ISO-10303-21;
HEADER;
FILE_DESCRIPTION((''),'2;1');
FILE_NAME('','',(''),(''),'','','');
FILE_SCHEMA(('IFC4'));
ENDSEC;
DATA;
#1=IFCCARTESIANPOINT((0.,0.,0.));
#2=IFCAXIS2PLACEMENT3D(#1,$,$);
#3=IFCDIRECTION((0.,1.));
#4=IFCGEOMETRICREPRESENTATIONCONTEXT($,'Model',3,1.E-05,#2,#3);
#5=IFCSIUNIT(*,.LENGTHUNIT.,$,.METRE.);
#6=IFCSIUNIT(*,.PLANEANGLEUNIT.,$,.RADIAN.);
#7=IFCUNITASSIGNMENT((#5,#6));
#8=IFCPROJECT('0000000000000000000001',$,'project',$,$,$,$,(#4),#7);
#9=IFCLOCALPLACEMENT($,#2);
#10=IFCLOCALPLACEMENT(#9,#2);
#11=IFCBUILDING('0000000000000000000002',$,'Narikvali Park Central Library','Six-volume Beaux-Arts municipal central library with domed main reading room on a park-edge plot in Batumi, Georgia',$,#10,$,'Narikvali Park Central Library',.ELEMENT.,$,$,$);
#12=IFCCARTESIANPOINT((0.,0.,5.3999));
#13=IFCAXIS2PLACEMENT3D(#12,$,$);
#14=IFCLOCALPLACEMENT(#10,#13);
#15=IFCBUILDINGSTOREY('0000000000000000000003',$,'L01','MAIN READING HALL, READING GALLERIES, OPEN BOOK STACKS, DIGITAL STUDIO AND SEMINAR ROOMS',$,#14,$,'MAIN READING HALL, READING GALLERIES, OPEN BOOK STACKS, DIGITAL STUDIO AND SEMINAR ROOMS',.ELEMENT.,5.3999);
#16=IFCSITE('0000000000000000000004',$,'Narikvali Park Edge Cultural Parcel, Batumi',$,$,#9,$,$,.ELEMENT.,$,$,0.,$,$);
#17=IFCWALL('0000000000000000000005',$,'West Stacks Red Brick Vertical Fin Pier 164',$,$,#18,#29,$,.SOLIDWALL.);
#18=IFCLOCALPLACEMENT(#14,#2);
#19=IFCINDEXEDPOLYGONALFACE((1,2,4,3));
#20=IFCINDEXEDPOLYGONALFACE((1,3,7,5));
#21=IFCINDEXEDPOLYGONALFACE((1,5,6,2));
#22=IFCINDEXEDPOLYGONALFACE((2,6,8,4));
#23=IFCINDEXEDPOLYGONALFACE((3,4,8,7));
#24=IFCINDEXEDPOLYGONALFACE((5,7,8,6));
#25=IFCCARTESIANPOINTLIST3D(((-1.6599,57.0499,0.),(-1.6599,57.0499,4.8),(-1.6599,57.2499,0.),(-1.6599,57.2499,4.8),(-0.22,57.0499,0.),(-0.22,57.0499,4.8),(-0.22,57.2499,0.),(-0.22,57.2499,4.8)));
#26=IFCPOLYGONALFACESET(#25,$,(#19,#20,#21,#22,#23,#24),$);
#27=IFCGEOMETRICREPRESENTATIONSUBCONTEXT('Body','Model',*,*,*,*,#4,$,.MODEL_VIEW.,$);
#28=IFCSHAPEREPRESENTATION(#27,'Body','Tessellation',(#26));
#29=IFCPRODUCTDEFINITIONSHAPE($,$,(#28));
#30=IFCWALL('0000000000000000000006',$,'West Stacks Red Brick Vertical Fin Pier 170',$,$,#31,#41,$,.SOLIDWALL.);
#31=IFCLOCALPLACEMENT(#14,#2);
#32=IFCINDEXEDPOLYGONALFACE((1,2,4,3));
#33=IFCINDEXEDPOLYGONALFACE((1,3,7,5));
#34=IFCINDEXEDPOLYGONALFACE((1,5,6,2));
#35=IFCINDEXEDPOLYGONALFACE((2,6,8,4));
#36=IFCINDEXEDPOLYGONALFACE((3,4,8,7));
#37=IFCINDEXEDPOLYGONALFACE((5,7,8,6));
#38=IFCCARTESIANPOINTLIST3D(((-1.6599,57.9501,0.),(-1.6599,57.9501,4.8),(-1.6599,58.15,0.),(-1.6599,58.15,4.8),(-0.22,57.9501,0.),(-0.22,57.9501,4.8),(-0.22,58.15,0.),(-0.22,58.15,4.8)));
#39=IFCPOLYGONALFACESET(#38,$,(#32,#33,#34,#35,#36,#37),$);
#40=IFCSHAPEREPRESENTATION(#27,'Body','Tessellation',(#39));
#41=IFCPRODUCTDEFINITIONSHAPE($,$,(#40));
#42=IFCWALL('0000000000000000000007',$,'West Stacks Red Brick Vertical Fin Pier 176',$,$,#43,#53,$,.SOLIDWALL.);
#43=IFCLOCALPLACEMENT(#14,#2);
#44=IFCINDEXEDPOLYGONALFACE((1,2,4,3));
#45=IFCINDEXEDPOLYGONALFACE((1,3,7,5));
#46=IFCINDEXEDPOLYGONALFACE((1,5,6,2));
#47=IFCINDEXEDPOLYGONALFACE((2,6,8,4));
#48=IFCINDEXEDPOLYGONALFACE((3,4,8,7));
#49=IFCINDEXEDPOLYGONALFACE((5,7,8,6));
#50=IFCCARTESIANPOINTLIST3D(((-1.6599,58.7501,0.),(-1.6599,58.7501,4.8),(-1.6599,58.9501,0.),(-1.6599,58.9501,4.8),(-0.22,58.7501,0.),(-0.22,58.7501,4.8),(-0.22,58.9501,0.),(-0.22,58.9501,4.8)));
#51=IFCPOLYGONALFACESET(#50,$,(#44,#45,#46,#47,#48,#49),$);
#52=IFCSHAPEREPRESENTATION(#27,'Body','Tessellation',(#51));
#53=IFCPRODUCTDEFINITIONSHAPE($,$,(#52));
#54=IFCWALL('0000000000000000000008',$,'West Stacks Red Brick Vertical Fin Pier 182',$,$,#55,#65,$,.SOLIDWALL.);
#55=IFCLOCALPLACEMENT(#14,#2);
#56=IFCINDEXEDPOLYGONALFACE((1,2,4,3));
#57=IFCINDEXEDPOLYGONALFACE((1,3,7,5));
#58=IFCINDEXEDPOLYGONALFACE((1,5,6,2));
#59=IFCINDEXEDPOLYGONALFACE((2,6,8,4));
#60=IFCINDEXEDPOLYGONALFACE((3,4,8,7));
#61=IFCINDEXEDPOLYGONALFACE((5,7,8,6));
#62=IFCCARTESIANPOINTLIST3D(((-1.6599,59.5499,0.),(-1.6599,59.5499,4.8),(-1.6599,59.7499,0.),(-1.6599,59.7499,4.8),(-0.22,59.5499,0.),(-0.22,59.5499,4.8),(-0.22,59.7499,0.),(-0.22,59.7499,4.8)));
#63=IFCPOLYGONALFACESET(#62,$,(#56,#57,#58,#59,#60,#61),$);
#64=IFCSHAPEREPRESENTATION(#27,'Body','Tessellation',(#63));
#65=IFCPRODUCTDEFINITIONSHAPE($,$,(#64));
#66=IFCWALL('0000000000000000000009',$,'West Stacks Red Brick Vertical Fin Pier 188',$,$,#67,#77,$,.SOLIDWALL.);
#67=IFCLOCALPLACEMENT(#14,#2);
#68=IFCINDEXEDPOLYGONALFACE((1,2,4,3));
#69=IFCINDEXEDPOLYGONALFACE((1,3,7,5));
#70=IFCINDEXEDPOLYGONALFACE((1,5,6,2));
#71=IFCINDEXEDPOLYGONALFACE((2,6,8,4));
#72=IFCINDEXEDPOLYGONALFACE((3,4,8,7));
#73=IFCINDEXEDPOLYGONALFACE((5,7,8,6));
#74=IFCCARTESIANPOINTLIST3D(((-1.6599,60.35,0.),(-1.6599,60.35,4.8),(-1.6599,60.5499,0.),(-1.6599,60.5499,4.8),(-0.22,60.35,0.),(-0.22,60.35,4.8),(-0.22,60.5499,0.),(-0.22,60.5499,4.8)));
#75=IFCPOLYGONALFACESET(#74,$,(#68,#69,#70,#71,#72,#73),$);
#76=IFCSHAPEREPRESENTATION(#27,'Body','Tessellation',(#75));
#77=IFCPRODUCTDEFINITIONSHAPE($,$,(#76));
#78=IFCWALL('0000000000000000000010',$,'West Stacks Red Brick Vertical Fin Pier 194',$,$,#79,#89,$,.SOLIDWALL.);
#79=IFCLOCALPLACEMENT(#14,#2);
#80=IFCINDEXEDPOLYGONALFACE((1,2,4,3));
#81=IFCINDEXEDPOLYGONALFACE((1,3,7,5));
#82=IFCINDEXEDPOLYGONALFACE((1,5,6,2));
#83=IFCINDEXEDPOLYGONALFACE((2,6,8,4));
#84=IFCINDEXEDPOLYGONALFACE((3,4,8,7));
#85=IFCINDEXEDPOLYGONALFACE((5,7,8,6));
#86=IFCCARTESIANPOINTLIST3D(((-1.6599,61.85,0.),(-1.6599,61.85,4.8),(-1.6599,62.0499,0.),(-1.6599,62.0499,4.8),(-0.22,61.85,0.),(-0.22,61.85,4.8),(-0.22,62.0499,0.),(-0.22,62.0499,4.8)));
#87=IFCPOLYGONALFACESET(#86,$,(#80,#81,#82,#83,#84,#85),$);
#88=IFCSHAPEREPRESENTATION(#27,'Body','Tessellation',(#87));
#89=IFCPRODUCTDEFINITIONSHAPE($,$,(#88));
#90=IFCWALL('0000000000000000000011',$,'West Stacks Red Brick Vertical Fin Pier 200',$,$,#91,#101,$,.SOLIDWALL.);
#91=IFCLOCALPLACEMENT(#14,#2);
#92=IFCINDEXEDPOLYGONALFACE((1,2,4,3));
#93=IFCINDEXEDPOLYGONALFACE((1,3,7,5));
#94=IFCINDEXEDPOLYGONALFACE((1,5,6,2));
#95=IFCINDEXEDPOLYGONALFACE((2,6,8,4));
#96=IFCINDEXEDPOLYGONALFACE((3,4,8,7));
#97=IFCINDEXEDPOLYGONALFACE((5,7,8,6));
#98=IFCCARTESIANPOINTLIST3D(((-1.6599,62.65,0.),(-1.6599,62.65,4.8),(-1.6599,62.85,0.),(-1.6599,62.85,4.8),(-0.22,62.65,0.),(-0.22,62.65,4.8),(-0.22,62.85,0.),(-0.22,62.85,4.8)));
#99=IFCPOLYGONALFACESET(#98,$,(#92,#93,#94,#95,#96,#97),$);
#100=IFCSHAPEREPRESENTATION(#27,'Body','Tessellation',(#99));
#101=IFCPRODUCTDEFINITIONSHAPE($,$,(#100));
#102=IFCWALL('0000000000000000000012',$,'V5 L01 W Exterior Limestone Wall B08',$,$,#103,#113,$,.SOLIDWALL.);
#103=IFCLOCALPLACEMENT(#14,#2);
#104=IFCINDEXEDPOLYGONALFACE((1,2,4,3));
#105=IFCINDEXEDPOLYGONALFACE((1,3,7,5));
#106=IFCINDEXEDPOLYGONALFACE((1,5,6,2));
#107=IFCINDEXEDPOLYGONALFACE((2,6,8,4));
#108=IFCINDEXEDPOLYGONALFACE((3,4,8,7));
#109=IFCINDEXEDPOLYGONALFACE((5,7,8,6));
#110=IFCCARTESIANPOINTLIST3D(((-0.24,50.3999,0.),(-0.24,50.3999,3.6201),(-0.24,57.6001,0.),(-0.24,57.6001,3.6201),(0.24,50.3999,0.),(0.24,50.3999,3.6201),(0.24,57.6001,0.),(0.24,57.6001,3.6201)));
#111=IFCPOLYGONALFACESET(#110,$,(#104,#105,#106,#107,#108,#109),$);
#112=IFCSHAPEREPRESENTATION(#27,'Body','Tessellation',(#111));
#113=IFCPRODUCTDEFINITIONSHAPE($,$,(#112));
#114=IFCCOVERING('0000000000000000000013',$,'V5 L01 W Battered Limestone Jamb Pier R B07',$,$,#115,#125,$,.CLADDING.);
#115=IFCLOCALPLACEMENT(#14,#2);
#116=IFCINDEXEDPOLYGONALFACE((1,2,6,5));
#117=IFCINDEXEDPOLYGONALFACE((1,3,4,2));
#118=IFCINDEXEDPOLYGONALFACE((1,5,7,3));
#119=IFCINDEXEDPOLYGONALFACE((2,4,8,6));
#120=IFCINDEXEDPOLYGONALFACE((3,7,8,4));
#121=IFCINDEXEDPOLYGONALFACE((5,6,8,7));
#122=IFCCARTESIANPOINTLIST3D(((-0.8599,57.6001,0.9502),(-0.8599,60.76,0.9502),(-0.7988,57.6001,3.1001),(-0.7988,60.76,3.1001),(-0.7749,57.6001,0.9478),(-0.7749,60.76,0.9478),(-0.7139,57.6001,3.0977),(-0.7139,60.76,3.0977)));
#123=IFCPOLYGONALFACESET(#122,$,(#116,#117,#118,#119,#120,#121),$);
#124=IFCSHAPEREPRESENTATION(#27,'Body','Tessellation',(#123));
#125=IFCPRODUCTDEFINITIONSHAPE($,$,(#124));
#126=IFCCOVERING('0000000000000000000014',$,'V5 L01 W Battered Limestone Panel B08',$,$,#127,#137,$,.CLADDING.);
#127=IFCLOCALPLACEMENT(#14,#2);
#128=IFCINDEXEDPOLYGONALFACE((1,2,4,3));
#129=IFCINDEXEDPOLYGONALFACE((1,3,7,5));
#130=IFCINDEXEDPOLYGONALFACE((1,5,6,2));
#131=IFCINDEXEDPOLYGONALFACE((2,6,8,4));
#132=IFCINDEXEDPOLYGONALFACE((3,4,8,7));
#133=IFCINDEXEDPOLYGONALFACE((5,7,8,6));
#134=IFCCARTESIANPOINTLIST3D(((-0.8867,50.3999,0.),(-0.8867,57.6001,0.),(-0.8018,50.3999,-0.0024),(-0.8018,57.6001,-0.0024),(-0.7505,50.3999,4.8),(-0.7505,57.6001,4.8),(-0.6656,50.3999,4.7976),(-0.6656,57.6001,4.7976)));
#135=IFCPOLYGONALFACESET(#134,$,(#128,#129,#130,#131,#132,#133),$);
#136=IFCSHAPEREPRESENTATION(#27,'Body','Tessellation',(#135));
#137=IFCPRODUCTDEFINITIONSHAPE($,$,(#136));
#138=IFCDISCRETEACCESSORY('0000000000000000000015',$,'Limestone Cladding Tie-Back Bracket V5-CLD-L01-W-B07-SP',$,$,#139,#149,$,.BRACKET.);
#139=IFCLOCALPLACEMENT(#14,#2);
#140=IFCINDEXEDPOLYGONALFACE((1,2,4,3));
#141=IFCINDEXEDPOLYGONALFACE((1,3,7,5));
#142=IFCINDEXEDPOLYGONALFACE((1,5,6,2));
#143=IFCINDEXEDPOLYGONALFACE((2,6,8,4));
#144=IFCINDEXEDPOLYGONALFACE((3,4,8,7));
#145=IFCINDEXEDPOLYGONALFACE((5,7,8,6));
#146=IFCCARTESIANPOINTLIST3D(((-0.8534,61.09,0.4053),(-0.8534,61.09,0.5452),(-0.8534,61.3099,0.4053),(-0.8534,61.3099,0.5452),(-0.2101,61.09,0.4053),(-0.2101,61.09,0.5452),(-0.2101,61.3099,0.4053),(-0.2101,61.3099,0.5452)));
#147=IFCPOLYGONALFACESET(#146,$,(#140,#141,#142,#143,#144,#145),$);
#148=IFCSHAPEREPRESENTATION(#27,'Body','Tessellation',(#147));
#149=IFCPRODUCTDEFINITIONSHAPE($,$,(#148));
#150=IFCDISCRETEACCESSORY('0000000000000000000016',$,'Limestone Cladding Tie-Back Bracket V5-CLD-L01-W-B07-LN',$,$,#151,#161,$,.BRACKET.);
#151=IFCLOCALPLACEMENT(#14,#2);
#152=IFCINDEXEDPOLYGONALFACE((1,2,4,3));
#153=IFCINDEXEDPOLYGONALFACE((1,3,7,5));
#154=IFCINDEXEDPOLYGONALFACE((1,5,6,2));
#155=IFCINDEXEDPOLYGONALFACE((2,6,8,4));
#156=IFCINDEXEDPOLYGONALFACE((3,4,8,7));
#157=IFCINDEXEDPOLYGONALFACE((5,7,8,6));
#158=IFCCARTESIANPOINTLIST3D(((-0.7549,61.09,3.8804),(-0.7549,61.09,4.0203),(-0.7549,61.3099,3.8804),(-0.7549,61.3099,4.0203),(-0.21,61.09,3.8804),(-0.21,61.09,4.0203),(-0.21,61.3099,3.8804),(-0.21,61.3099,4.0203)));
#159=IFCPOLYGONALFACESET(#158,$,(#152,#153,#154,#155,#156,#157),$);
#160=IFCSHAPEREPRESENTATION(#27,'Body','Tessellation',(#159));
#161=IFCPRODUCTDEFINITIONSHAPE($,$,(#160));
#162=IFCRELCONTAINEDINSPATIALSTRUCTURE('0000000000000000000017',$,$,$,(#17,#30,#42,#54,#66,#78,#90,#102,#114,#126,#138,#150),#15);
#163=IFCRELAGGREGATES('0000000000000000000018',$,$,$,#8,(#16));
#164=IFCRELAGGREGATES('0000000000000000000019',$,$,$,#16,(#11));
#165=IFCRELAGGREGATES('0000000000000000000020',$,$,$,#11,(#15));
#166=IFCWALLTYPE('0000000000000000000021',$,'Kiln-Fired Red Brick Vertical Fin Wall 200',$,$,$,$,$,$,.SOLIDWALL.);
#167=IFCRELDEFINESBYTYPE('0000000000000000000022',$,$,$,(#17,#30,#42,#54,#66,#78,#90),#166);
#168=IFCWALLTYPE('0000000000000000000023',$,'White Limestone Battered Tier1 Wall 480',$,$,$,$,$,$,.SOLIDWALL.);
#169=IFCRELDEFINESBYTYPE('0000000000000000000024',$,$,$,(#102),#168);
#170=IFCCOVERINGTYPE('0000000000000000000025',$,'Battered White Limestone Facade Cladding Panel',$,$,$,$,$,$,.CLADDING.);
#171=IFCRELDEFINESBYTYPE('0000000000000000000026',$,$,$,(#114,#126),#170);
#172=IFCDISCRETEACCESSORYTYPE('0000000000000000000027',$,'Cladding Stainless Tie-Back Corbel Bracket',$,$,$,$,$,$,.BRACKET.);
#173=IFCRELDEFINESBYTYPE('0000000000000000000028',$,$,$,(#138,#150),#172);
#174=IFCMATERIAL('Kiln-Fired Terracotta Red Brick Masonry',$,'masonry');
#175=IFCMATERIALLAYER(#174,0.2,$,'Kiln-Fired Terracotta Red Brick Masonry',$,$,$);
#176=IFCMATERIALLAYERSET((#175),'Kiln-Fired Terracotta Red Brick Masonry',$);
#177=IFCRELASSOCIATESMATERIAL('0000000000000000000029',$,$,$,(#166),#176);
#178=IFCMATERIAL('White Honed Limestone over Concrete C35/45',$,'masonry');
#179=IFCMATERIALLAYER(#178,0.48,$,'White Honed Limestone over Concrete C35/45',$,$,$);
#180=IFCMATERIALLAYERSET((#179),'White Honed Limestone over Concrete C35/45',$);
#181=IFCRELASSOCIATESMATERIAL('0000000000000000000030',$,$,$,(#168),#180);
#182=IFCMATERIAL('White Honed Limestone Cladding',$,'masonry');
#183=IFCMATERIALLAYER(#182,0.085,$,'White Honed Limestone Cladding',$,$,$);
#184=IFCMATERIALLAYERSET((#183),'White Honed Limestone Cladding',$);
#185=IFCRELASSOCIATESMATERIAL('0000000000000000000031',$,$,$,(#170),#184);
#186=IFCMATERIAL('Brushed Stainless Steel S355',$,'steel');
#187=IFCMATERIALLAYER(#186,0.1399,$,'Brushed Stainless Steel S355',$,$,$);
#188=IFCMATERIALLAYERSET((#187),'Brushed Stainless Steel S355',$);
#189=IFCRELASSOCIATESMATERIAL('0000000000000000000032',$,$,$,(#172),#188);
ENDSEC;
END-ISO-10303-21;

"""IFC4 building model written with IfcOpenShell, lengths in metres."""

from ifc_helpers import new_model, si_unit, direction, frame, frame_2d, origin, origin_2d, place, context, subcontext, project, spatial, polyline, rectangle, outline, extrude, material, layer, layer_set, type_object, element, save


model = new_model("IFC4")

# Units and contexts
model_context = context("Model", 3, precision=1e-05, world=origin(), true_north=direction((0.0, 1.0)))
body_context = subcontext(model_context, "Body", "Model", "MODEL_VIEW")
ifc_project = project(units=[si_unit("LENGTHUNIT", "METRE"), si_unit("PLANEANGLEUNIT", "RADIAN")], contexts=[model_context])

# Site, building, storey
site_placement = place(None, origin())
site = spatial("IfcSite", under=ifc_project, at=site_placement, Name="Narikvali Park Edge Cultural Parcel, Batumi", CompositionType="ELEMENT", RefElevation=0.0)
building_placement = place(site_placement, origin())
building = spatial("IfcBuilding", under=site, at=building_placement, Name="Narikvali Park Central Library", Description="Six-volume Beaux-Arts municipal central library with domed main reading room on a park-edge plot in Batumi, Georgia", LongName="Narikvali Park Central Library", CompositionType="ELEMENT")
storey_placement = place(building_placement, frame((0.0, 0.0, 5.3999)))
storey = spatial("IfcBuildingStorey", under=building, at=storey_placement, Name="L01", Description="MAIN READING HALL, READING GALLERIES, OPEN BOOK STACKS, DIGITAL STUDIO AND SEMINAR ROOMS", LongName="MAIN READING HALL, READING GALLERIES, OPEN BOOK STACKS, DIGITAL STUDIO AND SEMINAR ROOMS", CompositionType="ELEMENT", Elevation=5.3999)

# Walls
ifc_material_1 = material(Name="Kiln-Fired Terracotta Red Brick Masonry", Category="masonry")
ifc_layer_1 = layer(ifc_material_1, 0.2, Name="Kiln-Fired Terracotta Red Brick Masonry")
ifc_layer_set_1 = layer_set([ifc_layer_1], Name="Kiln-Fired Terracotta Red Brick Masonry")
wall_type_1 = type_object("IfcWallType", Name="Kiln-Fired Red Brick Vertical Fin Wall 200", PredefinedType="SOLIDWALL", material=ifc_layer_set_1)
for number, where, z_axis, x_axis, name in (
    (1, (-1.6599, 57.1499, 0.0), (0.0, 0.0, 1.0), (1.0, 0.0, 0.0), "West Stacks Red Brick Vertical Fin Pier 164"),
    (2, (-1.6599, 58.05, 0.0), (0.0, 0.0, 1.0), (1.0, 0.0, 0.0), "West Stacks Red Brick Vertical Fin Pier 170"),
    (3, (-1.6599, 58.8501, 0.0), (0.0, 0.0, 1.0), (1.0, 0.0, 0.0), "West Stacks Red Brick Vertical Fin Pier 176"),
    (4, (-1.6599, 59.6499, 0.0), (0.0, 0.0, 1.0), (1.0, 0.0, 0.0), "West Stacks Red Brick Vertical Fin Pier 182"),
    (5, (-1.6599, 60.45, 0.0), (0.0, 0.0, 1.0), (1.0, 0.0, 0.0), "West Stacks Red Brick Vertical Fin Pier 188"),
    (6, (-1.6599, 61.95, 0.0), (0.0, 0.0, 1.0), (1.0, 0.0, 0.0), "West Stacks Red Brick Vertical Fin Pier 194"),
    (7, (-1.6599, 62.75, 0.0), (0.0, 0.0, 1.0), (1.0, 0.0, 0.0), "West Stacks Red Brick Vertical Fin Pier 200"),
):
    element("IfcWall", number, at=place(storey_placement, frame(where, z_axis=z_axis, x_axis=x_axis)), inside=storey, type_object=wall_type_1, Name=name, PredefinedType="SOLIDWALL", context=body_context, shape_type="SweptSolid", body=[
        extrude(rectangle(XDim=1.4399, YDim=0.2, at=frame_2d((0.72, 0.0))), origin(), (0.0, 0.0, 1.0), 4.8),
    ])
ifc_material_2 = material(Name="White Honed Limestone over Concrete C35/45", Category="masonry")
ifc_layer_2 = layer(ifc_material_2, 0.48, Name="White Honed Limestone over Concrete C35/45")
ifc_layer_set_2 = layer_set([ifc_layer_2], Name="White Honed Limestone over Concrete C35/45")
wall_type_2 = type_object("IfcWallType", Name="White Limestone Battered Tier1 Wall 480", PredefinedType="SOLIDWALL", material=ifc_layer_set_2)
wall_placement = place(storey_placement, frame((0.0, 57.6001, 0.0), z_axis=(0.0, 0.0, 1.0), x_axis=(0.0, -1.0, 0.0)))
element("IfcWall", 8, at=wall_placement, inside=storey, type_object=wall_type_2, Name="V5 L01 W Exterior Limestone Wall B08", PredefinedType="SOLIDWALL", context=body_context, shape_type="SweptSolid", body=[
    extrude(rectangle(XDim=7.2002, YDim=0.48, at=frame_2d((3.6001, 0.0))), origin(), (0.0, 0.0, 1.0), 3.6201),
])

# Coverings
ifc_material_3 = material(Name="White Honed Limestone Cladding", Category="masonry")
ifc_layer_3 = layer(ifc_material_3, 0.085, Name="White Honed Limestone Cladding")
ifc_layer_set_3 = layer_set([ifc_layer_3], Name="White Honed Limestone Cladding")
covering_type = type_object("IfcCoveringType", Name="Battered White Limestone Facade Cladding Panel", PredefinedType="CLADDING", material=ifc_layer_set_3)
covering_1_placement = place(storey_placement, frame((-0.8599, 60.76, 0.9502), z_axis=(-0.999597, 0.0, 0.028378), x_axis=(0.0, -1.0, 0.0)))
element("IfcCovering", 9, at=covering_1_placement, inside=storey, type_object=covering_type, Name="V5 L01 W Battered Limestone Jamb Pier R B07", PredefinedType="CLADDING", context=body_context, shape_type="SweptSolid", body=[
    extrude(outline(polyline([(0.0, 0.0), (3.1599, 0.0), (3.1599, 2.1508), (0.0, 2.1508), (0.0, 0.0)])), origin(), (0.0, 0.0, -1.0), 0.085),
])
covering_2_placement = place(storey_placement, frame((-0.8867, 57.6001, 0.0), z_axis=(-0.999598, 0.0, 0.02837), x_axis=(0.0, -1.0, 0.0)))
element("IfcCovering", 10, at=covering_2_placement, inside=storey, type_object=covering_type, Name="V5 L01 W Battered Limestone Panel B08", PredefinedType="CLADDING", context=body_context, shape_type="SweptSolid", body=[
    extrude(outline(polyline([(0.0, 0.0), (7.2002, 0.0), (7.2002, 4.802), (0.0, 4.802), (0.0, 0.0)])), origin(), (0.0, 0.0, -1.0), 0.085),
])

# Discrete accessories
ifc_material_4 = material(Name="Brushed Stainless Steel S355", Category="steel")
ifc_layer_4 = layer(ifc_material_4, 0.1399, Name="Brushed Stainless Steel S355")
ifc_layer_set_4 = layer_set([ifc_layer_4], Name="Brushed Stainless Steel S355")
discrete_accessory_type = type_object("IfcDiscreteAccessoryType", Name="Cladding Stainless Tie-Back Corbel Bracket", PredefinedType="BRACKET", material=ifc_layer_set_4)
discrete_accessory_1_placement = place(storey_placement, frame((-0.5317, 61.2, 0.4053), z_axis=(0.0, 0.0, 1.0), x_axis=(1.0, 0.0, 0.0)))
element("IfcDiscreteAccessory", 11, at=discrete_accessory_1_placement, inside=storey, type_object=discrete_accessory_type, Name="Limestone Cladding Tie-Back Bracket V5-CLD-L01-W-B07-SP", PredefinedType="BRACKET", context=body_context, shape_type="SweptSolid", body=[
    extrude(rectangle(XDim=0.6433, YDim=0.22, at=origin_2d()), origin(), (0.0, 0.0, 1.0), 0.1399),
])
discrete_accessory_2_placement = place(storey_placement, frame((-0.4824, 61.2, 3.8804), z_axis=(0.0, 0.0, 1.0), x_axis=(1.0, 0.0, 0.0)))
element("IfcDiscreteAccessory", 12, at=discrete_accessory_2_placement, inside=storey, type_object=discrete_accessory_type, Name="Limestone Cladding Tie-Back Bracket V5-CLD-L01-W-B07-LN", PredefinedType="BRACKET", context=body_context, shape_type="SweptSolid", body=[
    extrude(rectangle(XDim=0.5449, YDim=0.22, at=origin_2d()), origin(), (0.0, 0.0, 1.0), 0.1399),
])

save(model, "model.ifc")
